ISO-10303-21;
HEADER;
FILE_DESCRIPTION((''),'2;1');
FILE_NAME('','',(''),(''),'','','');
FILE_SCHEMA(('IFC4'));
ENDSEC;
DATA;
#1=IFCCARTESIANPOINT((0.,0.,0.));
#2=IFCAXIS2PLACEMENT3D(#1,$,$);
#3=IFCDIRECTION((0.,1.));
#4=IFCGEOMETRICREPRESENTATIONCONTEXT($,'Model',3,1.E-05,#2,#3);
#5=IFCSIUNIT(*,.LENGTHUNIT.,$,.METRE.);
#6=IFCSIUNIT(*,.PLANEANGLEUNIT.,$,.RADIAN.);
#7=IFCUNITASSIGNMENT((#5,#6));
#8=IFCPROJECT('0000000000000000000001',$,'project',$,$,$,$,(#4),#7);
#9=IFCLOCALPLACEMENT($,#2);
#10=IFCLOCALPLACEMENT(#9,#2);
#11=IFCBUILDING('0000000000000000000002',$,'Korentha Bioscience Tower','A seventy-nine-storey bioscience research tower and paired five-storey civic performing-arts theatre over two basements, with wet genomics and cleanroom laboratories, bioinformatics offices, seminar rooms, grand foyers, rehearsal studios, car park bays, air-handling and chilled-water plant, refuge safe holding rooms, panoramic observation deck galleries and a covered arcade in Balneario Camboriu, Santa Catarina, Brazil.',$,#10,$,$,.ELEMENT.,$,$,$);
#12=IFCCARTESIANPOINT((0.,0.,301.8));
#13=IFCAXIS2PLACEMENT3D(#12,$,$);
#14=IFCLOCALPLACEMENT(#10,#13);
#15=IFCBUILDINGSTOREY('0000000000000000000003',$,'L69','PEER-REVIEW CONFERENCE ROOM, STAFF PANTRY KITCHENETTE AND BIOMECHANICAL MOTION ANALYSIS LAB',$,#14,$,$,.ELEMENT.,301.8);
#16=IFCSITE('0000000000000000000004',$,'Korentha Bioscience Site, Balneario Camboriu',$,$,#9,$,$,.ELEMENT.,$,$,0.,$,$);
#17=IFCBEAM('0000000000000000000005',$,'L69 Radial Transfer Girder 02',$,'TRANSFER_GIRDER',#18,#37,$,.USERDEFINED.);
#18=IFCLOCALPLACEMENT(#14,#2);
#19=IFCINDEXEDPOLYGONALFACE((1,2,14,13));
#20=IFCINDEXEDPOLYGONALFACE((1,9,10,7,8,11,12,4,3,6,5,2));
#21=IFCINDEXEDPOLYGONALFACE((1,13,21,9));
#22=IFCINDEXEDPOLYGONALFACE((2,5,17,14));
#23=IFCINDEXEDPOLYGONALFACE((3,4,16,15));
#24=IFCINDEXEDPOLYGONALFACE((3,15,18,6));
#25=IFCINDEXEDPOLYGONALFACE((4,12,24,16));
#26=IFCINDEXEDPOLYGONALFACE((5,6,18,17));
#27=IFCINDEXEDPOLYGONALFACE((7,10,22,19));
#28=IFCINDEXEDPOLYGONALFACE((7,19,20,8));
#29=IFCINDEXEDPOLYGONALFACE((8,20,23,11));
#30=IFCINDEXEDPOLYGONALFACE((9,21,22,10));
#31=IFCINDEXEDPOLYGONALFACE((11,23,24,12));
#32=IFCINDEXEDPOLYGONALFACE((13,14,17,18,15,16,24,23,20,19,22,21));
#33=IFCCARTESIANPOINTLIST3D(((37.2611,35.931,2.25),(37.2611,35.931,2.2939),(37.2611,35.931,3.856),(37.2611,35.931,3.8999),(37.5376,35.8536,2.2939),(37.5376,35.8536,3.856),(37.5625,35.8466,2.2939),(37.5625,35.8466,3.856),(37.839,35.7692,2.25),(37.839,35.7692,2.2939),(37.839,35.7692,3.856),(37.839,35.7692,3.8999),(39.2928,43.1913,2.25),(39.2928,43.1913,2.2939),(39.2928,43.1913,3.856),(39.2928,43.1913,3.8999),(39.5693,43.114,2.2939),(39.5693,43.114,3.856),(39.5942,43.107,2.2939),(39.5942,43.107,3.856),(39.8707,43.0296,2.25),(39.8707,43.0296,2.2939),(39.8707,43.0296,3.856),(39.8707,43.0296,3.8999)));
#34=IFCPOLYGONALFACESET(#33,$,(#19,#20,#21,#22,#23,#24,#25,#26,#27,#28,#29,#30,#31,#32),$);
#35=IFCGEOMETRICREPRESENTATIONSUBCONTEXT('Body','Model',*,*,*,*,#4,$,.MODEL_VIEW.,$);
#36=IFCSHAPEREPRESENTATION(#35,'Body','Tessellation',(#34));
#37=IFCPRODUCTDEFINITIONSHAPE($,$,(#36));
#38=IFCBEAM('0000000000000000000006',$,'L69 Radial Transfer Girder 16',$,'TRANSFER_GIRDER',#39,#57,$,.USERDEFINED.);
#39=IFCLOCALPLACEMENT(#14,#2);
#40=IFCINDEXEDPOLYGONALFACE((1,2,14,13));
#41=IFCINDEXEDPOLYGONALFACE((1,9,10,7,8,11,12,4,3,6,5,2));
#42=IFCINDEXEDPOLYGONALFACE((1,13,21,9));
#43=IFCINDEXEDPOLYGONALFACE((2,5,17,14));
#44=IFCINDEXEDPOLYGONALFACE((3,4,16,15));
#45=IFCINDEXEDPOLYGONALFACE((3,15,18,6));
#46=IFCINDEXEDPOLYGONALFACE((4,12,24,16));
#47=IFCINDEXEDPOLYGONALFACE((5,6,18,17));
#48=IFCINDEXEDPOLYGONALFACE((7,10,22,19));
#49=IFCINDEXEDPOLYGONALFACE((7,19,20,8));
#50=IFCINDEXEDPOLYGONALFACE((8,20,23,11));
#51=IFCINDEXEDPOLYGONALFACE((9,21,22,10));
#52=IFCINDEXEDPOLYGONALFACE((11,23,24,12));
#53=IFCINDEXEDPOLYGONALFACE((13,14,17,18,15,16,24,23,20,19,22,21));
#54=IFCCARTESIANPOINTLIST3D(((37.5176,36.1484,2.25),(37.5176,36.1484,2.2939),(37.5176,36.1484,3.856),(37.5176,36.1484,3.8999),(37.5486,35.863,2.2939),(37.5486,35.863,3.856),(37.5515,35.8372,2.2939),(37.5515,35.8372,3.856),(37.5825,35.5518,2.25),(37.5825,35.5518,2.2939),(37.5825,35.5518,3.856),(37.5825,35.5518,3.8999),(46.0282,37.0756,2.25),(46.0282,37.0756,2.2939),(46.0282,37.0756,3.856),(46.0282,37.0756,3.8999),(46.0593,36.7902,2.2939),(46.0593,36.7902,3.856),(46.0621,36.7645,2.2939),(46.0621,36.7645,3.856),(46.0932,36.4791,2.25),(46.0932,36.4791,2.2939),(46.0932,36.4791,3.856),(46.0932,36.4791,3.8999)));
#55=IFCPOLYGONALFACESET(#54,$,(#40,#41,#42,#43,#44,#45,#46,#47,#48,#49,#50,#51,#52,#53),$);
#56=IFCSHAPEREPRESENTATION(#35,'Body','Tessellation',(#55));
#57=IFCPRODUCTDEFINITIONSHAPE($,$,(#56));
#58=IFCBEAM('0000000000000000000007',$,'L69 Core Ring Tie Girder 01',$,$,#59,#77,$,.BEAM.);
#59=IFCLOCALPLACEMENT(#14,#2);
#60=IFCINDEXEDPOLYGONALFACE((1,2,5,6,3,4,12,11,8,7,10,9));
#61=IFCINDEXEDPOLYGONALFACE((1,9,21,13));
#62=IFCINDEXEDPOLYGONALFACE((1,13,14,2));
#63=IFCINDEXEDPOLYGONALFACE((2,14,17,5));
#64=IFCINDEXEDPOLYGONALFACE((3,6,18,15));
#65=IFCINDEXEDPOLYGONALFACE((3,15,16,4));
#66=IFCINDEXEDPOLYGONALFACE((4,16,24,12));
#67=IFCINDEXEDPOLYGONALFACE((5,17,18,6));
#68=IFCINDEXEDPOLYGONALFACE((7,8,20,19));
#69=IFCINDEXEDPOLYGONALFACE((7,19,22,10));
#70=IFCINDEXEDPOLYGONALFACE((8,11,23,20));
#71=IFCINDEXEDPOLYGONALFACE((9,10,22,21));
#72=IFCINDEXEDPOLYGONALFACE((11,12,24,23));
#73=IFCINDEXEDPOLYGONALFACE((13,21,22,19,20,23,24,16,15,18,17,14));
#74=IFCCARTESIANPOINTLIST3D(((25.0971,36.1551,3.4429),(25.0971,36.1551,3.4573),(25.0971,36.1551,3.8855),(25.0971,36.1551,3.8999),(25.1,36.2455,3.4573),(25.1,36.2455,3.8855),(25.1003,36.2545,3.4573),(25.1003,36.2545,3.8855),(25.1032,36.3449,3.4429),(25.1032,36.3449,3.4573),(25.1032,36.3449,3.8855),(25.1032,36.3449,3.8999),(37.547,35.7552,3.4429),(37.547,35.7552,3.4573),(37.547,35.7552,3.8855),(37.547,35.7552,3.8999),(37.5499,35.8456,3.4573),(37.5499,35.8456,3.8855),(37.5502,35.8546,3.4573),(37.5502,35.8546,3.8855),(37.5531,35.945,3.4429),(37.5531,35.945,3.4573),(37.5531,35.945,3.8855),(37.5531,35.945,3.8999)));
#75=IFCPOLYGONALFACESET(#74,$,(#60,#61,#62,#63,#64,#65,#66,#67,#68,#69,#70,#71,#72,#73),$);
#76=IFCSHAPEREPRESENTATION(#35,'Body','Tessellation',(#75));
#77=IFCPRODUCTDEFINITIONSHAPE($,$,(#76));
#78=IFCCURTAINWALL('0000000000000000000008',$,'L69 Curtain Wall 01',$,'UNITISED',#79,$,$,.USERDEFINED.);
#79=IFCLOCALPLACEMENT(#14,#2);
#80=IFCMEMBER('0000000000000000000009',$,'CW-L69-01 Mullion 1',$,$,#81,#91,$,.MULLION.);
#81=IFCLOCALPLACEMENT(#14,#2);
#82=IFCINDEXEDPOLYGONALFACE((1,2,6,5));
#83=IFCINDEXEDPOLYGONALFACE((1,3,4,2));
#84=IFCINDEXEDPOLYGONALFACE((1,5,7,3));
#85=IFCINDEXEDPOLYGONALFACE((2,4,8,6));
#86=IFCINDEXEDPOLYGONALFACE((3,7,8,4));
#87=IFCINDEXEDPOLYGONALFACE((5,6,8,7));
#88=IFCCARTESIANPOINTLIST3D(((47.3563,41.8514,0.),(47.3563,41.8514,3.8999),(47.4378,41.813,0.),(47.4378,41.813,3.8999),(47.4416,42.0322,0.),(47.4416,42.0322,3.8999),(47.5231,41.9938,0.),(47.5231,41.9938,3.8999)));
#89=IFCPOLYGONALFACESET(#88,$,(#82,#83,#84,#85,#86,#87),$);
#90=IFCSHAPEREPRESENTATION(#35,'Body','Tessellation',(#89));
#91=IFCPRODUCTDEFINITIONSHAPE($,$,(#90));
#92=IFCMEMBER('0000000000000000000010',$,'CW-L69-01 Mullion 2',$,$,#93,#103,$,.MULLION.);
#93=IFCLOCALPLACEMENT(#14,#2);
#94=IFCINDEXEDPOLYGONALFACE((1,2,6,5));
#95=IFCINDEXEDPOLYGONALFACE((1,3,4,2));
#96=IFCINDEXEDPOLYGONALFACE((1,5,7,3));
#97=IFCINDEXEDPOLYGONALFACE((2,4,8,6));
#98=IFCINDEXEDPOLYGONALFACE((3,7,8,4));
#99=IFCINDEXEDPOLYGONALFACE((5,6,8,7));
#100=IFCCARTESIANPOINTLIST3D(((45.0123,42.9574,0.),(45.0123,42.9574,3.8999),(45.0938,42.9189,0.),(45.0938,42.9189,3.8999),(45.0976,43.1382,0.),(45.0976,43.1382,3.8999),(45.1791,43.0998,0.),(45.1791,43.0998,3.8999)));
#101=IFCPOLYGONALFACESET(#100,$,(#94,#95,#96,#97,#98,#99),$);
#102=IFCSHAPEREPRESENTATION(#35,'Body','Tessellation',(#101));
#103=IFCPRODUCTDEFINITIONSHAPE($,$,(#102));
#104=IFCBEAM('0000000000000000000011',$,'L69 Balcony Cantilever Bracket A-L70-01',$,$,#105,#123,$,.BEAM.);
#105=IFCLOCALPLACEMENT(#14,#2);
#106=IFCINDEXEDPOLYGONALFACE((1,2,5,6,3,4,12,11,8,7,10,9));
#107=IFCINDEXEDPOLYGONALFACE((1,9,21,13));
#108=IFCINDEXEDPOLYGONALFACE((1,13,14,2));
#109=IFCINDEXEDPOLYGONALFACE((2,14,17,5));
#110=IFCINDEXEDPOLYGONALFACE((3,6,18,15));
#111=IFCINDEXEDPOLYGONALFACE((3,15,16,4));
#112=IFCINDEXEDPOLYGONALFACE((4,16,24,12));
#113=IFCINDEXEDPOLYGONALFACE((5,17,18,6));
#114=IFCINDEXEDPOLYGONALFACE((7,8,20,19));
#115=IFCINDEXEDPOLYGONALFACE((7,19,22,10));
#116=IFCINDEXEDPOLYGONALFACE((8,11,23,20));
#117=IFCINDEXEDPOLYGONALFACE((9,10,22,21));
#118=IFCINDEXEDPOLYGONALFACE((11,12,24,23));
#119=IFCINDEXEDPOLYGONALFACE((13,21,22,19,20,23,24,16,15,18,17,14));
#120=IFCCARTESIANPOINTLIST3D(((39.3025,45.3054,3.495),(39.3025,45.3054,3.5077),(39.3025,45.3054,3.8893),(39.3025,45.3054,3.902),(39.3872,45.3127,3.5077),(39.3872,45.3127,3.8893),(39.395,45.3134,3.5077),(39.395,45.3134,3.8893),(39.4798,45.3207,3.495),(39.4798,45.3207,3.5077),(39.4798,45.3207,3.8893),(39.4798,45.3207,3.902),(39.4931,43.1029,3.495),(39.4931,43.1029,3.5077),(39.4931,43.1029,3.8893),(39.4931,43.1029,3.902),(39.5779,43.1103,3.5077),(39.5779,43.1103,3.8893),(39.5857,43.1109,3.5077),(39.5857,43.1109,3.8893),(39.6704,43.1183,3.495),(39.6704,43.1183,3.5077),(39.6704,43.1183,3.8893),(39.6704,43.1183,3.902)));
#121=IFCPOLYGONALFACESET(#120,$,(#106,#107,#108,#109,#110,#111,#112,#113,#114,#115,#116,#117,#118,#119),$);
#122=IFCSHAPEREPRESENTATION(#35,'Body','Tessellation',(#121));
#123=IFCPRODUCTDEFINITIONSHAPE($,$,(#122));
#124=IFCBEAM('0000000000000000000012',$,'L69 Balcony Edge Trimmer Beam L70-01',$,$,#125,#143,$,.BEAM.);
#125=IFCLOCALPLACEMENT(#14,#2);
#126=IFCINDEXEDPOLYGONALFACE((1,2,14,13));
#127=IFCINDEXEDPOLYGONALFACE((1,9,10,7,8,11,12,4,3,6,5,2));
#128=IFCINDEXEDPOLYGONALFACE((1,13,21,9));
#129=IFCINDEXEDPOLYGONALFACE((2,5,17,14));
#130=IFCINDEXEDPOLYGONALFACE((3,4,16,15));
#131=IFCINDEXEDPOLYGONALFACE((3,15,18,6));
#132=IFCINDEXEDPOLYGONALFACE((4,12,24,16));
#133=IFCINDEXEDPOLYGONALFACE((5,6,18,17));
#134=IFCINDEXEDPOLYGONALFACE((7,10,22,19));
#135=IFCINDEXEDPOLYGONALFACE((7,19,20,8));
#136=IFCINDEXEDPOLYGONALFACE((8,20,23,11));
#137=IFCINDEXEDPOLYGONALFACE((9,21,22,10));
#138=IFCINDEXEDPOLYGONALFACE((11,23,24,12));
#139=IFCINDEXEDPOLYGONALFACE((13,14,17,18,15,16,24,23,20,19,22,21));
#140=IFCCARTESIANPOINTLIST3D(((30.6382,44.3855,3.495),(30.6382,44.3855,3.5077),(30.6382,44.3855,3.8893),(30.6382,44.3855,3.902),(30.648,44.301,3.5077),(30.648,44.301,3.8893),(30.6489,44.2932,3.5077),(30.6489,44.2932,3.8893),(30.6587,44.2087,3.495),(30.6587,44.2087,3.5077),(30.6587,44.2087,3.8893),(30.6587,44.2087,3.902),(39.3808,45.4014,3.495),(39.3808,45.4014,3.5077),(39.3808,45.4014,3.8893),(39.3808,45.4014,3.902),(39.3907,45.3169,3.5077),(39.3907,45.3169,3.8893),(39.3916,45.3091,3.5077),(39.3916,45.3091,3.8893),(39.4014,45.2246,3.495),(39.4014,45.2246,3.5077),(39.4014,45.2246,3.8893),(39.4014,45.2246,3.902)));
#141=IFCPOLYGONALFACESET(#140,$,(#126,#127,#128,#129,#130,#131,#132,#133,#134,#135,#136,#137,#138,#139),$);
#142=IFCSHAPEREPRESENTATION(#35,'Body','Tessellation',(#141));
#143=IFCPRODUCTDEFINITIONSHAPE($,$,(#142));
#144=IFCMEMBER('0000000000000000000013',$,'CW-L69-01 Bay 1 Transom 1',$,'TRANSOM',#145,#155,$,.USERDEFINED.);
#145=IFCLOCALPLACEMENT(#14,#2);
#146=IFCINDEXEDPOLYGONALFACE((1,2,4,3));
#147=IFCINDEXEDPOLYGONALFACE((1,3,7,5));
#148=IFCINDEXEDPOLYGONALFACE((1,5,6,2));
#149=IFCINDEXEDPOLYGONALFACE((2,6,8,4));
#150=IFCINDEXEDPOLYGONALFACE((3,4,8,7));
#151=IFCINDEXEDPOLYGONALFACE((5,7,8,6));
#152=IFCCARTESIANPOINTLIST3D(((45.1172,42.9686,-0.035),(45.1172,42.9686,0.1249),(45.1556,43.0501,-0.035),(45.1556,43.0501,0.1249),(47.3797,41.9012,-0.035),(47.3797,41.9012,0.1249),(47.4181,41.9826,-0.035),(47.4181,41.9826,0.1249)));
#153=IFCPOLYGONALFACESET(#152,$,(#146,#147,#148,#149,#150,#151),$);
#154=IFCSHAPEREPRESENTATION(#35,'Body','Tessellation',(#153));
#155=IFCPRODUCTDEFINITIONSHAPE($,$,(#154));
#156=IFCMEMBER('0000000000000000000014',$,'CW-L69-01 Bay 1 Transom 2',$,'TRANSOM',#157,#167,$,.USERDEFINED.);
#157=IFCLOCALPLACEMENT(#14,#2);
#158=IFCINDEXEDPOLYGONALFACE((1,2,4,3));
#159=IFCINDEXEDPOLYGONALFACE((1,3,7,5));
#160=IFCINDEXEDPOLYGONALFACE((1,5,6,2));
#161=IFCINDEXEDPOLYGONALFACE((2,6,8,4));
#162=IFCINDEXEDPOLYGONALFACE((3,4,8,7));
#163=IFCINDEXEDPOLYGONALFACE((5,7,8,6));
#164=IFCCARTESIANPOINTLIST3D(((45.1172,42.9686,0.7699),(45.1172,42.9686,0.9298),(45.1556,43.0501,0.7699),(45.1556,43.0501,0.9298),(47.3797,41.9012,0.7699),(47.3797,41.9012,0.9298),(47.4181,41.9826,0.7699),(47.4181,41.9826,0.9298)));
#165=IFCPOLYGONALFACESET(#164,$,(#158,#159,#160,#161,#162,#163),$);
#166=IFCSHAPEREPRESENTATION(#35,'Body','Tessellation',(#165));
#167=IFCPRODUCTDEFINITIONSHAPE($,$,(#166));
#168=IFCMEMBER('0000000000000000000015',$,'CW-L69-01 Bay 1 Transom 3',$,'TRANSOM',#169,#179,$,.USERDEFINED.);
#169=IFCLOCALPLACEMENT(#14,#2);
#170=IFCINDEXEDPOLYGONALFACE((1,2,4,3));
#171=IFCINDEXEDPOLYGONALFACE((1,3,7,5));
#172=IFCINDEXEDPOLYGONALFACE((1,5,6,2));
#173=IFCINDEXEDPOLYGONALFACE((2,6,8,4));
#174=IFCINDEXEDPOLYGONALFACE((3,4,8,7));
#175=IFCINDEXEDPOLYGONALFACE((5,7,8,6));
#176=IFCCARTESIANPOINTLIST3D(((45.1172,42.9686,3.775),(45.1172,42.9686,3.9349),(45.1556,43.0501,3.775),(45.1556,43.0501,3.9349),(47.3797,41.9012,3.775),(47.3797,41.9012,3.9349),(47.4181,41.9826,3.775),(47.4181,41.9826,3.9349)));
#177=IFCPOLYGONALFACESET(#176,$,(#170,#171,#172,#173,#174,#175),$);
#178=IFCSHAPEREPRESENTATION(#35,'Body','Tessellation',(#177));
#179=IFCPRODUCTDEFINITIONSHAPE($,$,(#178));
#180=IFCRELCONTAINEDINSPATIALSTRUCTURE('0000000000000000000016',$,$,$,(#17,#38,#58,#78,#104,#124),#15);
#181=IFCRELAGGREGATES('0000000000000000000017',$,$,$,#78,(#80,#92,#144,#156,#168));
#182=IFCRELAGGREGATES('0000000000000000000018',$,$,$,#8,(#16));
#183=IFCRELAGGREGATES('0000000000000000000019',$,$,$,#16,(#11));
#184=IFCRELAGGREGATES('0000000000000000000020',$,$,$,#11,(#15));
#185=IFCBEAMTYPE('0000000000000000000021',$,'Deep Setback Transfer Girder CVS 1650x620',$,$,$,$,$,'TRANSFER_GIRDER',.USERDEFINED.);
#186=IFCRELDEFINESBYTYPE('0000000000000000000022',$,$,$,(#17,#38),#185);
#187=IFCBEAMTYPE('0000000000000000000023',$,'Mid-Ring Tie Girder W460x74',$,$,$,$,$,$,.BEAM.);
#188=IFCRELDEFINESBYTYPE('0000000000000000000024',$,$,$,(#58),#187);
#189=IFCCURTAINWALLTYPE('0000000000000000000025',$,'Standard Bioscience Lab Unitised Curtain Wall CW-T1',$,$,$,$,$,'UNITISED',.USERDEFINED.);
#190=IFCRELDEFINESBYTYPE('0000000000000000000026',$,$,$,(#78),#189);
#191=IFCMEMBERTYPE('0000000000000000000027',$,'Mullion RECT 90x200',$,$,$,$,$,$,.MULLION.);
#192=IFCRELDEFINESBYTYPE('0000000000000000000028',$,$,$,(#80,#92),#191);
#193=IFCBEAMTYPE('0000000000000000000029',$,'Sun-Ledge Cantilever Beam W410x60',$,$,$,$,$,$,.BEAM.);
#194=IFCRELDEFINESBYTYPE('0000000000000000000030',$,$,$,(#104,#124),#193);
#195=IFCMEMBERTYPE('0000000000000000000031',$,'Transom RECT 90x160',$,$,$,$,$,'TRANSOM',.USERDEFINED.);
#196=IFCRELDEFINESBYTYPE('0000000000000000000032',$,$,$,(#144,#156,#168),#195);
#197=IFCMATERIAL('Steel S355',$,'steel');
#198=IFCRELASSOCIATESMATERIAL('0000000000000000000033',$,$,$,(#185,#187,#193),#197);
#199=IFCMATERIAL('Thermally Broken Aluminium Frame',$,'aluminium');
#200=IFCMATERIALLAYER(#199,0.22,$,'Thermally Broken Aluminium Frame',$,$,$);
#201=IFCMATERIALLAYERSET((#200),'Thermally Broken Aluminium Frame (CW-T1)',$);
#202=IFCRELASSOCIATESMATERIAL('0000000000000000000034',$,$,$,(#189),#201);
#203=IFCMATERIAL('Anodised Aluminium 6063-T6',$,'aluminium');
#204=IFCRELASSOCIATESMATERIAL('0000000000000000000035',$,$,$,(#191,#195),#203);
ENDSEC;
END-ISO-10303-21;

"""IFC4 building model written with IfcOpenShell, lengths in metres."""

from ifc_helpers import new_model, si_unit, direction, frame, origin, origin_2d, place, context, subcontext, project, spatial, rectangle, i_section, extrude, material, layer, layer_set, material_profile, profile_set, type_object, element, aggregate, save


model = new_model("IFC4")

# Units and contexts
model_context = context("Model", 3, precision=1e-05, world=origin(), true_north=direction((0.0, 1.0)))
body_context = subcontext(model_context, "Body", "Model", "MODEL_VIEW")
ifc_project = project(units=[si_unit("LENGTHUNIT", "METRE"), si_unit("PLANEANGLEUNIT", "RADIAN")], contexts=[model_context])

# Site, building, storey
site_placement = place(None, origin())
site = spatial("IfcSite", under=ifc_project, at=site_placement, Name="Korentha Bioscience Site, Balneario Camboriu", CompositionType="ELEMENT", RefElevation=0.0)
building_placement = place(site_placement, origin())
building = spatial("IfcBuilding", under=site, at=building_placement, Name="Korentha Bioscience Tower", Description="A seventy-nine-storey bioscience research tower and paired five-storey civic performing-arts theatre over two basements, with wet genomics and cleanroom laboratories, bioinformatics offices, seminar rooms, grand foyers, rehearsal studios, car park bays, air-handling and chilled-water plant, refuge safe holding rooms, panoramic observation deck galleries and a covered arcade in Balneario Camboriu, Santa Catarina, Brazil.", CompositionType="ELEMENT")
storey_placement = place(building_placement, frame((0.0, 0.0, 301.8)))
storey = spatial("IfcBuildingStorey", under=building, at=storey_placement, Name="L69", Description="PEER-REVIEW CONFERENCE ROOM, STAFF PANTRY KITCHENETTE AND BIOMECHANICAL MOTION ANALYSIS LAB", CompositionType="ELEMENT", Elevation=301.8)

# Beams
ifc_material_1 = material(Name="Steel S355", Category="steel")
ifc_material_profile_1 = material_profile(ifc_material_1, i_section(OverallWidth=0.6001, OverallDepth=1.6499, WebThickness=0.0259, FlangeThickness=0.0439, at=origin_2d()), Name="Steel S355")
ifc_profile_set_1 = profile_set([ifc_material_profile_1], Name="Steel S355 (TG-04)")
beam_type_1 = type_object("IfcBeamType", Name="Deep Setback Transfer Girder CVS 1650x620", ElementType="TRANSFER_GIRDER", PredefinedType="USERDEFINED", material=ifc_profile_set_1)
beam_1_placement = place(storey_placement, frame((37.55, 35.8501, 3.075), z_axis=(0.269482, 0.963005, 0.0), x_axis=(-0.963005, 0.269482, 0.0)))
element("IfcBeam", 1, at=beam_1_placement, inside=storey, type_object=beam_type_1, Name="L69 Radial Transfer Girder 02", ObjectType="TRANSFER_GIRDER", PredefinedType="USERDEFINED", context=body_context, shape_type="SweptSolid", body=[
    extrude(i_section(OverallWidth=0.6001, OverallDepth=1.6499, WebThickness=0.0259, FlangeThickness=0.0439, at=origin_2d()), origin(), (0.0, 0.0, 1.0), 7.5393),
])
beam_2_placement = place(storey_placement, frame((37.55, 35.8501, 3.075), z_axis=(0.994117, 0.108309, 0.0), x_axis=(-0.108309, 0.994117, 0.0)))
element("IfcBeam", 2, at=beam_2_placement, inside=storey, type_object=beam_type_1, Name="L69 Radial Transfer Girder 16", ObjectType="TRANSFER_GIRDER", PredefinedType="USERDEFINED", context=body_context, shape_type="SweptSolid", body=[
    extrude(i_section(OverallWidth=0.6001, OverallDepth=1.6499, WebThickness=0.0259, FlangeThickness=0.0439, at=origin_2d()), origin(), (0.0, 0.0, 1.0), 8.561),
])
ifc_material_profile_2 = material_profile(ifc_material_1, i_section(OverallWidth=0.1899, OverallDepth=0.457, WebThickness=0.009, FlangeThickness=0.0144, at=origin_2d()), Name="Steel S355")
ifc_profile_set_2 = profile_set([ifc_material_profile_2], Name="Steel S355 (MB-460)")
beam_type_2 = type_object("IfcBeamType", Name="Mid-Ring Tie Girder W460x74", PredefinedType="BEAM", material=ifc_profile_set_2)
beam_3_placement = place(storey_placement, frame((37.55, 35.8501, 3.6714), z_axis=(-0.999485, 0.032104, 0.0), x_axis=(-0.032104, -0.999485, 0.0)))
element("IfcBeam", 3, at=beam_3_placement, inside=storey, type_object=beam_type_2, Name="L69 Core Ring Tie Girder 01", PredefinedType="BEAM", context=body_context, shape_type="SweptSolid", body=[
    extrude(i_section(OverallWidth=0.1899, OverallDepth=0.457, WebThickness=0.009, FlangeThickness=0.0144, at=origin_2d()), origin(), (0.0, 0.0, 1.0), 12.4563),
])

# Curtain wall, members
ifc_material_2 = material(Name="Thermally Broken Aluminium Frame", Category="aluminium")
ifc_layer_1 = layer(ifc_material_2, 0.22, Name="Thermally Broken Aluminium Frame")
ifc_layer_set_1 = layer_set([ifc_layer_1], Name="Thermally Broken Aluminium Frame (CW-T1)")
curtain_wall_type = type_object("IfcCurtainWallType", Name="Standard Bioscience Lab Unitised Curtain Wall CW-T1", ElementType="UNITISED", PredefinedType="USERDEFINED", material=ifc_layer_set_1)
curtain_wall_placement = place(storey_placement, origin())
curtain_wall = element("IfcCurtainWall", 4, at=curtain_wall_placement, inside=storey, type_object=curtain_wall_type, Name="L69 Curtain Wall 01", ObjectType="UNITISED", PredefinedType="USERDEFINED")
ifc_material_3 = material(Name="Anodised Aluminium 6063-T6", Category="aluminium")
ifc_material_profile_3 = material_profile(ifc_material_3, rectangle(XDim=0.0901, YDim=0.2, at=origin_2d()), Name="Anodised Aluminium 6063-T6")
ifc_profile_set_3 = profile_set([ifc_material_profile_3], Name="Anodised Aluminium 6063-T6 (CW-MUL)")
member_type_1 = type_object("IfcMemberType", Name="Mullion RECT 90x200", PredefinedType="MULLION", material=ifc_profile_set_3)
member_1_placement = place(storey_placement, frame((47.4397, 41.9226, 0.0), z_axis=(0.0, 0.0, 1.0), x_axis=(-0.904397, 0.426691, 0.0)))
member_1 = element("IfcMember", 5, at=member_1_placement, type_object=member_type_1, Name="CW-L69-01 Mullion 1", PredefinedType="MULLION", context=body_context, shape_type="SweptSolid", body=[
    extrude(rectangle(XDim=0.0901, YDim=0.2, at=origin_2d()), origin(), (0.0, 0.0, 1.0), 3.8999),
])
member_2_placement = place(storey_placement, frame((45.0957, 43.0286, 0.0), z_axis=(0.0, 0.0, 1.0), x_axis=(-0.904397, 0.426691, 0.0)))
member_2 = element("IfcMember", 6, at=member_2_placement, type_object=member_type_1, Name="CW-L69-01 Mullion 2", PredefinedType="MULLION", context=body_context, shape_type="SweptSolid", body=[
    extrude(rectangle(XDim=0.0901, YDim=0.2, at=origin_2d()), origin(), (0.0, 0.0, 1.0), 3.8999),
])

# Beams
ifc_material_profile_4 = material_profile(ifc_material_1, i_section(OverallWidth=0.178, OverallDepth=0.407, WebThickness=0.0078, FlangeThickness=0.0127, at=origin_2d()), Name="Steel S355")
ifc_profile_set_4 = profile_set([ifc_material_profile_4], Name="Steel S355 (CB-410)")
beam_type_3 = type_object("IfcBeamType", Name="Sun-Ledge Cantilever Beam W410x60", PredefinedType="BEAM", material=ifc_profile_set_4)
beam_4_placement = place(storey_placement, frame((39.5818, 43.1106, 3.6985), z_axis=(-0.086253, 0.996273, 0.0), x_axis=(-0.996273, -0.086253, 0.0)))
element("IfcBeam", 7, at=beam_4_placement, inside=storey, type_object=beam_type_3, Name="L69 Balcony Cantilever Bracket A-L70-01", PredefinedType="BEAM", context=body_context, shape_type="SweptSolid", body=[
    extrude(i_section(OverallWidth=0.178, OverallDepth=0.407, WebThickness=0.0078, FlangeThickness=0.0127, at=origin_2d()), origin(), (0.0, 0.0, 1.0), 2.2107),
])
beam_5_placement = place(storey_placement, frame((39.3911, 45.313, 3.6985), z_axis=(-0.993317, -0.11542, 0.0), x_axis=(0.11542, -0.993317, 0.0)))
element("IfcBeam", 8, at=beam_5_placement, inside=storey, type_object=beam_type_3, Name="L69 Balcony Edge Trimmer Beam L70-01", PredefinedType="BEAM", context=body_context, shape_type="SweptSolid", body=[
    extrude(i_section(OverallWidth=0.178, OverallDepth=0.407, WebThickness=0.0078, FlangeThickness=0.0127, at=origin_2d()), origin(), (0.0, 0.0, 1.0), 8.8015),
])

# Members
ifc_material_profile_5 = material_profile(ifc_material_3, rectangle(XDim=0.0901, YDim=0.1599, at=origin_2d()), Name="Anodised Aluminium 6063-T6")
ifc_profile_set_5 = profile_set([ifc_material_profile_5], Name="Anodised Aluminium 6063-T6 (CW-TRN)")
member_type_2 = type_object("IfcMemberType", Name="Transom RECT 90x160", ElementType="TRANSOM", PredefinedType="USERDEFINED", material=ifc_profile_set_5)
member_3_placement = place(storey_placement, frame((47.3989, 41.9419, 0.0449), z_axis=(-0.904402, 0.42668, 0.0), x_axis=(-0.42668, -0.904402, 0.0)))
member_3 = element("IfcMember", 9, at=member_3_placement, type_object=member_type_2, Name="CW-L69-01 Bay 1 Transom 1", ObjectType="TRANSOM", PredefinedType="USERDEFINED", context=body_context, shape_type="SweptSolid", body=[
    extrude(rectangle(XDim=0.0901, YDim=0.1599, at=origin_2d()), origin(), (0.0, 0.0, 1.0), 2.5017),
])
member_4_placement = place(storey_placement, frame((47.3989, 41.9419, 0.8499), z_axis=(-0.904402, 0.42668, 0.0), x_axis=(-0.42668, -0.904402, 0.0)))
member_4 = element("IfcMember", 10, at=member_4_placement, type_object=member_type_2, Name="CW-L69-01 Bay 1 Transom 2", ObjectType="TRANSOM", PredefinedType="USERDEFINED", context=body_context, shape_type="SweptSolid", body=[
    extrude(rectangle(XDim=0.0901, YDim=0.1599, at=origin_2d()), origin(), (0.0, 0.0, 1.0), 2.5017),
])
member_5_placement = place(storey_placement, frame((47.3989, 41.9419, 3.855), z_axis=(-0.904402, 0.42668, 0.0), x_axis=(-0.42668, -0.904402, 0.0)))
member_5 = element("IfcMember", 11, at=member_5_placement, type_object=member_type_2, Name="CW-L69-01 Bay 1 Transom 3", ObjectType="TRANSOM", PredefinedType="USERDEFINED", context=body_context, shape_type="SweptSolid", body=[
    extrude(rectangle(XDim=0.0901, YDim=0.1599, at=origin_2d()), origin(), (0.0, 0.0, 1.0), 2.5017),
])

aggregate(curtain_wall, [member_1, member_2, member_3, member_4, member_5])

save(model, "model.ifc")
